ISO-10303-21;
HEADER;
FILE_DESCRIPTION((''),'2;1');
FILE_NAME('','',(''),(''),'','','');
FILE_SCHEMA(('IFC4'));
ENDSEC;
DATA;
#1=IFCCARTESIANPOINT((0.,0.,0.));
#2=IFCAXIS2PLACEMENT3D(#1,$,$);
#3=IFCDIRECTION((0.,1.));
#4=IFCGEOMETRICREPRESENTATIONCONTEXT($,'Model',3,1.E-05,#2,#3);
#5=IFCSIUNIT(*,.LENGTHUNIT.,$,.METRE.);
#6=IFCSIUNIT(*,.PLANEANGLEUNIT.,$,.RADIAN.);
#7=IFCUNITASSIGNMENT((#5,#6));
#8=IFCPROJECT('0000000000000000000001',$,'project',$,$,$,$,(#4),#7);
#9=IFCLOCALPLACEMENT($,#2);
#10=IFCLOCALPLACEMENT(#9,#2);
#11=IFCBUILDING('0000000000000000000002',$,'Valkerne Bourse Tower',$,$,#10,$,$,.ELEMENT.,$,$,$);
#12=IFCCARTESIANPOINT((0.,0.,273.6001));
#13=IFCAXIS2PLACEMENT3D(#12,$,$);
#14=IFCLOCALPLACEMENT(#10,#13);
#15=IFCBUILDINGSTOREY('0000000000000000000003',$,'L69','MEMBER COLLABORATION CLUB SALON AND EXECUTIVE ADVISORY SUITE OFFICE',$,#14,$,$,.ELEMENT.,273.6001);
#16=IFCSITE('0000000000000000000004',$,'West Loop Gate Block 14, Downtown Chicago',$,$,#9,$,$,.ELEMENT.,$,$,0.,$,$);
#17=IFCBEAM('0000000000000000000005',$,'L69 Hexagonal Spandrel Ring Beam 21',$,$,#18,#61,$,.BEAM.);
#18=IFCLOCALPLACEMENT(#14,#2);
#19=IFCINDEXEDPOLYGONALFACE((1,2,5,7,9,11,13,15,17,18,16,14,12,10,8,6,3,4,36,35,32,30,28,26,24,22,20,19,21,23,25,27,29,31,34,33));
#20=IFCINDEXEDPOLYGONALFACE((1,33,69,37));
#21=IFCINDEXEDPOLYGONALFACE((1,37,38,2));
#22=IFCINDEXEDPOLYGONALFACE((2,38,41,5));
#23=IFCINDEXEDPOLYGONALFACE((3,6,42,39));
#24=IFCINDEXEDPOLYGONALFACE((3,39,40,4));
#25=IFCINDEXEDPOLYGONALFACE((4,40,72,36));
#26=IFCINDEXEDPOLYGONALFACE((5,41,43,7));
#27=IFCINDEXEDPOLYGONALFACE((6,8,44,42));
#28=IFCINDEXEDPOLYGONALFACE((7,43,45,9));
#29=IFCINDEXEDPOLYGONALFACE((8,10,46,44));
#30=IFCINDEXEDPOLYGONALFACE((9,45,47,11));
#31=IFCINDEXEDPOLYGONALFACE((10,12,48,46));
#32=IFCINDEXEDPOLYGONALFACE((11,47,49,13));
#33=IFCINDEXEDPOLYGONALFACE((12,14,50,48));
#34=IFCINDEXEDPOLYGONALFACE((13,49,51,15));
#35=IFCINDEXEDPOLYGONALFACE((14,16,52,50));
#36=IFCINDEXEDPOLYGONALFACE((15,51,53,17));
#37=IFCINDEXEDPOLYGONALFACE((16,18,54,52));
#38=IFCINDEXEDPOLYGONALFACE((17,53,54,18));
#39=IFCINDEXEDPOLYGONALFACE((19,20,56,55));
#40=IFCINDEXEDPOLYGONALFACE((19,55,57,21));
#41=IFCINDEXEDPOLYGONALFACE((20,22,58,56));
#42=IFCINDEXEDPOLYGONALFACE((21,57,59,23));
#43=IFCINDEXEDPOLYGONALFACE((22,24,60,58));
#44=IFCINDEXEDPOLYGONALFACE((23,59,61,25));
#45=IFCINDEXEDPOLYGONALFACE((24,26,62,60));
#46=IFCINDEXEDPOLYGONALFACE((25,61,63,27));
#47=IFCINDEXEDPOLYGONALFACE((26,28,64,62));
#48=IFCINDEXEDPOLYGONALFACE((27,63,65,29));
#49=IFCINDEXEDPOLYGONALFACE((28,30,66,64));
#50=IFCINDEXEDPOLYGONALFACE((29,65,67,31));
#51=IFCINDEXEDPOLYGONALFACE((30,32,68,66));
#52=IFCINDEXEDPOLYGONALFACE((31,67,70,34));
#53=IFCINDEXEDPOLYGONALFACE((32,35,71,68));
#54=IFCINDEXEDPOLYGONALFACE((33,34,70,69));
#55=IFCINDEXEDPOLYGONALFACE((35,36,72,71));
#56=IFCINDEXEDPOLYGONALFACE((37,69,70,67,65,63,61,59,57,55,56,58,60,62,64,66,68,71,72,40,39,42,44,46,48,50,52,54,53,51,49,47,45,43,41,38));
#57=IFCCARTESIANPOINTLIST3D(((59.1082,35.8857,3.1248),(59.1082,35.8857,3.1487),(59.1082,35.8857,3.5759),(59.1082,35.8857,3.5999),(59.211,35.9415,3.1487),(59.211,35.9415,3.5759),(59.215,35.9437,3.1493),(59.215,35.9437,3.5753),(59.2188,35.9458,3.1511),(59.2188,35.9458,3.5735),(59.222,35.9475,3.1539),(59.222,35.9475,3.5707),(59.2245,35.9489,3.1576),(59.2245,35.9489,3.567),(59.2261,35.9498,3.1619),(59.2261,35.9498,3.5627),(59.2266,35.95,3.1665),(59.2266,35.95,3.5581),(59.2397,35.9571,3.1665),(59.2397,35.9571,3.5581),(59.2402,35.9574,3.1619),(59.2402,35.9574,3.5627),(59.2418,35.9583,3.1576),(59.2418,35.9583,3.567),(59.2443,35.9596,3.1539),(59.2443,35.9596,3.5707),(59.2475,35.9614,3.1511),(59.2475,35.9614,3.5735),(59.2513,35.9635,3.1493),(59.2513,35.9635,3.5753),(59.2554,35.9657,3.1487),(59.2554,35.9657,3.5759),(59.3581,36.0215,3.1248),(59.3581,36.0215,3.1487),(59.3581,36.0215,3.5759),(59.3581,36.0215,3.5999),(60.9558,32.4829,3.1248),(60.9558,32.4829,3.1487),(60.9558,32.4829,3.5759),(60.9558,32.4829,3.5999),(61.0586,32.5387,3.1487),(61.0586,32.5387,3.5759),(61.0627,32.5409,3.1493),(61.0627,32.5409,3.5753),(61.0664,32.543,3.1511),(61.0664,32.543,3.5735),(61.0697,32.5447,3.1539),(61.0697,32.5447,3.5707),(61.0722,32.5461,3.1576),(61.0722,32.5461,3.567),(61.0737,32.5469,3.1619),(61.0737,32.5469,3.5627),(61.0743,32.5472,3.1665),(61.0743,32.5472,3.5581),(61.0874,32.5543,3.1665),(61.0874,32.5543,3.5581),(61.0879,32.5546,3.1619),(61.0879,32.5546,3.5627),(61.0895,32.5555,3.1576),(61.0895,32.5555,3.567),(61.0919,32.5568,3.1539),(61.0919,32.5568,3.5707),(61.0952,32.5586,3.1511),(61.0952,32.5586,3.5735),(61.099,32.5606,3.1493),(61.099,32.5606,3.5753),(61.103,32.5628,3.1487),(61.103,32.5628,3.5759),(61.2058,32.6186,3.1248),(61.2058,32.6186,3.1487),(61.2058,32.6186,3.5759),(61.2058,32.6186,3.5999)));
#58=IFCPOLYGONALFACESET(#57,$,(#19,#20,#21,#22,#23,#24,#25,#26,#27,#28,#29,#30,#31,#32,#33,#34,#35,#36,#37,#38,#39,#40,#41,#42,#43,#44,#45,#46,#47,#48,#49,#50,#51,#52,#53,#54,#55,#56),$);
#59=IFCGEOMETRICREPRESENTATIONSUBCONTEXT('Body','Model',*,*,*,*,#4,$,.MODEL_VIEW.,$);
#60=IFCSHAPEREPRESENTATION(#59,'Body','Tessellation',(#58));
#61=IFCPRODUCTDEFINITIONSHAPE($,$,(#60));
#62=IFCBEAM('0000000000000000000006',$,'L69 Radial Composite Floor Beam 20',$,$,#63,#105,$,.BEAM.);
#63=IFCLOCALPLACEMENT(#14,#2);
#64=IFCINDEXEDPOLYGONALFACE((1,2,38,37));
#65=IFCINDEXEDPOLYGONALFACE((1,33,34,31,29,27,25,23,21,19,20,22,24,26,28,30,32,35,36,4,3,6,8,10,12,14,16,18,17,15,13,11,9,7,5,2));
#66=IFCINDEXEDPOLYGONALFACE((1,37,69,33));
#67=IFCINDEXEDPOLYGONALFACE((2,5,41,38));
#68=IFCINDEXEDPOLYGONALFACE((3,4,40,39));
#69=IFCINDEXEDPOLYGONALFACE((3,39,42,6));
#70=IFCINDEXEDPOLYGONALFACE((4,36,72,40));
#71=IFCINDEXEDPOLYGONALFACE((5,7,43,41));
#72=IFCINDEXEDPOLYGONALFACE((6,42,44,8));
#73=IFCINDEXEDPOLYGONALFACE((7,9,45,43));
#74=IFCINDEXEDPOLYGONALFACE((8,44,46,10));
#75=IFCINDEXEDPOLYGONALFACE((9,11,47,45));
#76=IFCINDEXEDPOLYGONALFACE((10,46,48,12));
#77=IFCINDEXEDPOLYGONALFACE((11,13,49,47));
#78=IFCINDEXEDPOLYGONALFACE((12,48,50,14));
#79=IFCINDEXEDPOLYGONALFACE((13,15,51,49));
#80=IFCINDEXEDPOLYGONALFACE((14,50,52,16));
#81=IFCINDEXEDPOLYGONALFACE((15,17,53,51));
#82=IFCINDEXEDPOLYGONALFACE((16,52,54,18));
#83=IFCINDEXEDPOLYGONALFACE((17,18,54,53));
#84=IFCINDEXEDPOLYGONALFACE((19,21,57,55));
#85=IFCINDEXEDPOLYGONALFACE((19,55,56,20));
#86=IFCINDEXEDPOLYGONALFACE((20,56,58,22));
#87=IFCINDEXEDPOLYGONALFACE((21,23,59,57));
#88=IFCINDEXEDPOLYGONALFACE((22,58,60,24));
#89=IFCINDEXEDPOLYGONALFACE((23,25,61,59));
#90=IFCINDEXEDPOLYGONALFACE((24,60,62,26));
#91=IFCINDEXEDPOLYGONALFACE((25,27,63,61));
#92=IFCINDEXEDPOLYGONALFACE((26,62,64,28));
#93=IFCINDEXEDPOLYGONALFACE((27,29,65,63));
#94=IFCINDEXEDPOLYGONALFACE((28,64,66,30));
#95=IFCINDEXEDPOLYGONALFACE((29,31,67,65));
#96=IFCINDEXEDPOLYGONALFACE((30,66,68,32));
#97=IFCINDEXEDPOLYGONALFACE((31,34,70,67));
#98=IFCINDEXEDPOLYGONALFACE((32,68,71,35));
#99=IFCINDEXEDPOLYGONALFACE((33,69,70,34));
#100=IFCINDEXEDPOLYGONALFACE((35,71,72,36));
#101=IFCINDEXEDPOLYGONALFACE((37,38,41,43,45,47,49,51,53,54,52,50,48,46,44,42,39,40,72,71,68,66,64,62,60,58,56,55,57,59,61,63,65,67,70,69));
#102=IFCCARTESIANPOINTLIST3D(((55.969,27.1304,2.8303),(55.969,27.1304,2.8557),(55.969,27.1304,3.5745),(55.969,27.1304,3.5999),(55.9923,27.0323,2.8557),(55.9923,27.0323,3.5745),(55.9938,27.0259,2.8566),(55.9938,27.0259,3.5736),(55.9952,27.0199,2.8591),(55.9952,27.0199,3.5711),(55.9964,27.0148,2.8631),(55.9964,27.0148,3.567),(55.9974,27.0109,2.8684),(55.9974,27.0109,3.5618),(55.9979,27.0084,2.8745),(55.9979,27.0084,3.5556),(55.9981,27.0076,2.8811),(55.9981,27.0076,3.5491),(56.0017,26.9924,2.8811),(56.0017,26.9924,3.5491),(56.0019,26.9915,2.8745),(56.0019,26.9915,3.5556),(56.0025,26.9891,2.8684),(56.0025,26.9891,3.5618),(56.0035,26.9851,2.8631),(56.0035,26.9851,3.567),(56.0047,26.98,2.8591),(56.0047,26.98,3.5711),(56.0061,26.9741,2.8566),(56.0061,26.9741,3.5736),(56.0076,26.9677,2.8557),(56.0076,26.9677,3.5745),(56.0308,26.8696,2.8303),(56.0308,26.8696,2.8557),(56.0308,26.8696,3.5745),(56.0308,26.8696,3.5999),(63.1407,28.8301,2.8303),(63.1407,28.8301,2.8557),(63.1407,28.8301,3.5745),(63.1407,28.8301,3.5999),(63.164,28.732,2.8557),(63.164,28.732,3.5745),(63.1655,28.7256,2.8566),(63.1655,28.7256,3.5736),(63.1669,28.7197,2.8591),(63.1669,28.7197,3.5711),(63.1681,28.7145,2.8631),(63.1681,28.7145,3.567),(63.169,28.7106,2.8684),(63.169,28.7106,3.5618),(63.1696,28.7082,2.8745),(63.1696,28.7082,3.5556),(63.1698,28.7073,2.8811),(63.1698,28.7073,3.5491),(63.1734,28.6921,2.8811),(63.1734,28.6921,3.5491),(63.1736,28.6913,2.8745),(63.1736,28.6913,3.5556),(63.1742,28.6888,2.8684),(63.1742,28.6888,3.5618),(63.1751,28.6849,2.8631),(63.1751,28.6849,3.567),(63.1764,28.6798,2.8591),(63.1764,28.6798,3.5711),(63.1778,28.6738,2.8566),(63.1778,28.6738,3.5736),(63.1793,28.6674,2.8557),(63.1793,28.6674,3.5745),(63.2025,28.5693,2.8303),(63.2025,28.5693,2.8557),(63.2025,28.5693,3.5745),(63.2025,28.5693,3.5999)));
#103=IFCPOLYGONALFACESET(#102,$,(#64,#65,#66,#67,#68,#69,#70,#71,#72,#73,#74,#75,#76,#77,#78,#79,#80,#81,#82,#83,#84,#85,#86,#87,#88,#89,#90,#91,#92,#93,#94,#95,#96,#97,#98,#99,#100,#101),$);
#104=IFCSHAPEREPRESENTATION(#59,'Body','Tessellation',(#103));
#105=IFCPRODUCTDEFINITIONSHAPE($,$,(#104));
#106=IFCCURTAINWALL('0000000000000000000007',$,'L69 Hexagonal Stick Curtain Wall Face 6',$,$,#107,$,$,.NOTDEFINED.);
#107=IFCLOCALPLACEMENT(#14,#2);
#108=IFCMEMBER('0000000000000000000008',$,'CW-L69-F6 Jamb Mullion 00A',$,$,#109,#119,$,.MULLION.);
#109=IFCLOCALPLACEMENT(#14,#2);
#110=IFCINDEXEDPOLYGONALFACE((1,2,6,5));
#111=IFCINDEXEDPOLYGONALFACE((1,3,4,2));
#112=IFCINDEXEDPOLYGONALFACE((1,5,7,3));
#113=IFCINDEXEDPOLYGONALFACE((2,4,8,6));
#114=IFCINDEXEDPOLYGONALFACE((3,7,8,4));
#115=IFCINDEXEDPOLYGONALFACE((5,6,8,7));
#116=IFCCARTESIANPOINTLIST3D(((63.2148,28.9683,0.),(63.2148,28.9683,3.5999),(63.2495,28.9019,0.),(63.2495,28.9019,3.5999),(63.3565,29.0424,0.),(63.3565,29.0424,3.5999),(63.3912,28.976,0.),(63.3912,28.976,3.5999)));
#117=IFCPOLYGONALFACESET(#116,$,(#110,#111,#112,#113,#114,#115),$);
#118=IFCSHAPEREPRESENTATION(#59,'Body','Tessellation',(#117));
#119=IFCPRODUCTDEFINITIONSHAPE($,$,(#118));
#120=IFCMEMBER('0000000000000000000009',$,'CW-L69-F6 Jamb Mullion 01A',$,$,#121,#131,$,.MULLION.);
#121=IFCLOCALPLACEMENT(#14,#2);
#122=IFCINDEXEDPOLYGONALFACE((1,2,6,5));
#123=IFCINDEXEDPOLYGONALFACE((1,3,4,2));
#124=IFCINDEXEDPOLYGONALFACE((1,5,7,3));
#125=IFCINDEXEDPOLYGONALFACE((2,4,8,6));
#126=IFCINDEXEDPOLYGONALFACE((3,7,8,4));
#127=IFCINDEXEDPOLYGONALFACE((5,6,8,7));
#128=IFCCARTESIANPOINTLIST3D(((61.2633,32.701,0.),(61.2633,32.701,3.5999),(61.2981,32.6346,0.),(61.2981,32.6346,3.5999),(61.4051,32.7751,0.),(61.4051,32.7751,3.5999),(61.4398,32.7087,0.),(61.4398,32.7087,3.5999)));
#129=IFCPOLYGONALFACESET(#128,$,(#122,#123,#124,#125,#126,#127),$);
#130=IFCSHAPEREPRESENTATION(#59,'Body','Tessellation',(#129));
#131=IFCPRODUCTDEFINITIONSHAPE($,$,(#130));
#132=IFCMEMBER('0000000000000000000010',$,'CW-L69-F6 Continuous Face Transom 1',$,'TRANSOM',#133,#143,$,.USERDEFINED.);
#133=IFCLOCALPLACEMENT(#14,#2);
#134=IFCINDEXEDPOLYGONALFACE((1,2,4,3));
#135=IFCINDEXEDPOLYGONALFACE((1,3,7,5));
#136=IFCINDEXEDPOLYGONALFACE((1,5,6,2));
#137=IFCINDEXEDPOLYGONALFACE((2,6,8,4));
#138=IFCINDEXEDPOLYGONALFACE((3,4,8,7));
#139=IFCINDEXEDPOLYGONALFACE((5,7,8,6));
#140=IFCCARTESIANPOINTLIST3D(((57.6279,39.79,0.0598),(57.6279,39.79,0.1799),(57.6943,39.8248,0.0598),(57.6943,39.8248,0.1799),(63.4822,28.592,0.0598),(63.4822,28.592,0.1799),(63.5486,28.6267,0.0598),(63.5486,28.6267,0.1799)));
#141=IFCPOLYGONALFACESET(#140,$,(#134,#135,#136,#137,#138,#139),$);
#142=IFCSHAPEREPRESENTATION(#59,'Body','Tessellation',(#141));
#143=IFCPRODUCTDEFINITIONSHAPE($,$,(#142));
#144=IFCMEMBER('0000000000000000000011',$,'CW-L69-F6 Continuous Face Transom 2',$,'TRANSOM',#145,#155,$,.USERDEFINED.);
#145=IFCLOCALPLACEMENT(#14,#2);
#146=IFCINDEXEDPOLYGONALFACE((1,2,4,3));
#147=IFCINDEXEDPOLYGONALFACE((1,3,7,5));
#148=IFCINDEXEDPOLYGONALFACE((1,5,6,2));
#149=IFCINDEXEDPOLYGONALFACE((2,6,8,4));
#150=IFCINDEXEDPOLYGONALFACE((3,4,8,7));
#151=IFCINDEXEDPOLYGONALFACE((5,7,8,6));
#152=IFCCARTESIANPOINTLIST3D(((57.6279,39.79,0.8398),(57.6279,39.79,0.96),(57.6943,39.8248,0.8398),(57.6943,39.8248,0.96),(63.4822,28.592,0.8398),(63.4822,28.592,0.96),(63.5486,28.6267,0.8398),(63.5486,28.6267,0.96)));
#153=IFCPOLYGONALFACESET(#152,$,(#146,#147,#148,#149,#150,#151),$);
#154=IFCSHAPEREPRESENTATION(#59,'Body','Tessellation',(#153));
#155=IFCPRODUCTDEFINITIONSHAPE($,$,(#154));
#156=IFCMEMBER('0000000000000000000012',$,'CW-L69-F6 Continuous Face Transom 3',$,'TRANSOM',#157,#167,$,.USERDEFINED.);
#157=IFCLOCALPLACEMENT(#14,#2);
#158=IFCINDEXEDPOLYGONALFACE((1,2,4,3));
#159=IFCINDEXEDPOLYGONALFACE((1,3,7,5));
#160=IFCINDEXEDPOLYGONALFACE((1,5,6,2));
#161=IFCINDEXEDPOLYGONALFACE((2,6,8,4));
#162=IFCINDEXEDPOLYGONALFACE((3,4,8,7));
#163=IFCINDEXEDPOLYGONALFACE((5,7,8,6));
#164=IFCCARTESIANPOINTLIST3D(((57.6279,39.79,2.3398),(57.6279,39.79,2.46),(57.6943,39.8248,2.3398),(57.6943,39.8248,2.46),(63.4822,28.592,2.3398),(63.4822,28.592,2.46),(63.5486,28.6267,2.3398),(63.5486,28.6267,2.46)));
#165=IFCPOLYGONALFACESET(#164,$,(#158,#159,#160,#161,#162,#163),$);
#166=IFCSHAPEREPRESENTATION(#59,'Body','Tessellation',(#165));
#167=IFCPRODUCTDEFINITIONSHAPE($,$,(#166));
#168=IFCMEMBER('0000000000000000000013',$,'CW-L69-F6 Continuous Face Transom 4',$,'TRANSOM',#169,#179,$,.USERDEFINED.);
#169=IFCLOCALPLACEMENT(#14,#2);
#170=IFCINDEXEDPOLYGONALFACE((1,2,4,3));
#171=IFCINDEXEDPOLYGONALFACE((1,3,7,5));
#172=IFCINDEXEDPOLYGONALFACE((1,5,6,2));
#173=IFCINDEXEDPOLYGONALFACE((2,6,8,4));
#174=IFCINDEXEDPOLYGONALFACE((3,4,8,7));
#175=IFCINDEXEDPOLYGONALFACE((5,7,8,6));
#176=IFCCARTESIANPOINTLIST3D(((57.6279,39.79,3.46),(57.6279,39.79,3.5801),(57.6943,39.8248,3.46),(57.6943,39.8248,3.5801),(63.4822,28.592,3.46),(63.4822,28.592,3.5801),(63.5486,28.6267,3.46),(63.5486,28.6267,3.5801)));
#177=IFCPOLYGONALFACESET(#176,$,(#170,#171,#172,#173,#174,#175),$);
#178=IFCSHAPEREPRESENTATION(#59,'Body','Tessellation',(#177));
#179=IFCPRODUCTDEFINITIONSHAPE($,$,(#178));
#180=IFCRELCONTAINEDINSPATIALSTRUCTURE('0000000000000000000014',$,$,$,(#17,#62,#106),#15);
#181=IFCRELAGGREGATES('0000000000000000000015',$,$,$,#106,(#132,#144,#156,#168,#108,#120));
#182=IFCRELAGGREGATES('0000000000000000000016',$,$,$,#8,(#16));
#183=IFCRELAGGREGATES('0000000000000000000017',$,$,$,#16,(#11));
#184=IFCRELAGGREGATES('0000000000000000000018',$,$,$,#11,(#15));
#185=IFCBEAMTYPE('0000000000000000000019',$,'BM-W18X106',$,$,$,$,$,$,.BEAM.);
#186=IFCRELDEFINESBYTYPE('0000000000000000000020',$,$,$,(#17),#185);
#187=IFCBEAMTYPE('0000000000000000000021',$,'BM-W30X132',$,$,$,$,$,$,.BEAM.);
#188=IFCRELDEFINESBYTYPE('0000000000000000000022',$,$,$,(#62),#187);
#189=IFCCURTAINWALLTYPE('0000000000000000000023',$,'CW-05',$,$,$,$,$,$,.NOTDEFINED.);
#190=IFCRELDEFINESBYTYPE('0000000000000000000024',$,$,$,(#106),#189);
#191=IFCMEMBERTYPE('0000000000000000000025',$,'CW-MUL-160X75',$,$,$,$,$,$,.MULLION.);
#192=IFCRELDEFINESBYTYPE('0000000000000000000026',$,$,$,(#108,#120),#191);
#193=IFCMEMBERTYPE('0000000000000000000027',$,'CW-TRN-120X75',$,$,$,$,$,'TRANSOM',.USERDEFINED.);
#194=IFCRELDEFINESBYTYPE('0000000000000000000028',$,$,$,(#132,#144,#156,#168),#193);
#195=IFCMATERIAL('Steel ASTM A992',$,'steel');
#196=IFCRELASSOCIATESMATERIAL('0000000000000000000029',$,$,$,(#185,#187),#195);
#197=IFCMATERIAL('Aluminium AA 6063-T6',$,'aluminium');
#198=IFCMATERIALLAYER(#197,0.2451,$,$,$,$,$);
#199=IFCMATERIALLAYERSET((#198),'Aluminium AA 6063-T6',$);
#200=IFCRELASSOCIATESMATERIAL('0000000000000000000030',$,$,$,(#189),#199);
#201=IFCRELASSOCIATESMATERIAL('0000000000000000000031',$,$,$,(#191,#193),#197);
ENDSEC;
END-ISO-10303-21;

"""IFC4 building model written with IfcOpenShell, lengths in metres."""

from ifc_helpers import new_model, si_unit, direction, frame, origin, origin_2d, place, context, subcontext, project, spatial, rectangle, i_section, extrude, material, layer, layer_set, material_profile, profile_set, type_object, element, aggregate, save


model = new_model("IFC4")

# Units and contexts
model_context = context("Model", 3, precision=1e-05, world=origin(), true_north=direction((0.0, 1.0)))
body_context = subcontext(model_context, "Body", "Model", "MODEL_VIEW")
ifc_project = project(units=[si_unit("LENGTHUNIT", "METRE"), si_unit("PLANEANGLEUNIT", "RADIAN")], contexts=[model_context])

# Site, building, storey
site_placement = place(None, origin())
site = spatial("IfcSite", under=ifc_project, at=site_placement, Name="West Loop Gate Block 14, Downtown Chicago", CompositionType="ELEMENT", RefElevation=0.0)
building_placement = place(site_placement, origin())
building = spatial("IfcBuilding", under=site, at=building_placement, Name="Valkerne Bourse Tower", CompositionType="ELEMENT")
storey_placement = place(building_placement, frame((0.0, 0.0, 273.6001)))
storey = spatial("IfcBuildingStorey", under=building, at=storey_placement, Name="L69", Description="MEMBER COLLABORATION CLUB SALON AND EXECUTIVE ADVISORY SUITE OFFICE", CompositionType="ELEMENT", Elevation=273.6001)

# Beams
ifc_material_1 = material(Name="Steel ASTM A992", Category="steel")
ifc_material_profile_1 = material_profile(ifc_material_1, i_section(OverallWidth=0.2844, OverallDepth=0.4751, WebThickness=0.0149, FlangeThickness=0.0239, FilletRadius=0.0178, at=origin_2d()), Name="W18X106")
ifc_profile_set_1 = profile_set([ifc_material_profile_1], Name="Steel ASTM A992")
beam_type_1 = type_object("IfcBeamType", Name="BM-W18X106", PredefinedType="BEAM", material=ifc_profile_set_1)
for number, where, z_axis, x_axis, name in (
    (1, (61.0808, 32.5508, 3.3623), (-0.477173, 0.87881, 0.0), (-0.87881, -0.477173, 0.0), "L69 Hexagonal Spandrel Ring Beam 21"),
):
    element("IfcBeam", number, at=place(storey_placement, frame(where, z_axis=z_axis, x_axis=x_axis)), inside=storey, type_object=beam_type_1, Name=name, PredefinedType="BEAM", context=body_context, shape_type="SweptSolid", body=[
        extrude(i_section(OverallWidth=0.2844, OverallDepth=0.4751, WebThickness=0.0149, FlangeThickness=0.0239, FilletRadius=0.0178, at=origin_2d()), origin(), (0.0, 0.0, 1.0), 3.8721),
    ])
ifc_material_profile_2 = material_profile(ifc_material_1, i_section(OverallWidth=0.2681, OverallDepth=0.7695, WebThickness=0.0156, FlangeThickness=0.0254, FilletRadius=0.0254, at=origin_2d()), Name="W30X132")
ifc_profile_set_2 = profile_set([ifc_material_profile_2], Name="Steel ASTM A992")
beam_type_2 = type_object("IfcBeamType", Name="BM-W30X132", PredefinedType="BEAM", material=ifc_profile_set_2)
beam_placement = place(storey_placement, frame((63.1716, 28.6997, 3.2151), z_axis=(-0.973045, -0.230616, 0.0), x_axis=(0.230616, -0.973045, 0.0)))
element("IfcBeam", 2, at=beam_placement, inside=storey, type_object=beam_type_2, Name="L69 Radial Composite Floor Beam 20", PredefinedType="BEAM", context=body_context, shape_type="SweptSolid", body=[
    extrude(i_section(OverallWidth=0.2681, OverallDepth=0.7695, WebThickness=0.0156, FlangeThickness=0.0254, FilletRadius=0.0254, at=origin_2d()), origin(), (0.0, 0.0, 1.0), 7.3704),
])

# Curtain wall, members
ifc_material_2 = material(Name="Aluminium AA 6063-T6", Category="aluminium")
ifc_layer_1 = layer(ifc_material_2, 0.2451)
ifc_layer_set_1 = layer_set([ifc_layer_1], Name="Aluminium AA 6063-T6")
curtain_wall_type = type_object("IfcCurtainWallType", Name="CW-05", PredefinedType="NOTDEFINED", material=ifc_layer_set_1)
curtain_wall_placement = place(storey_placement, origin())
curtain_wall = element("IfcCurtainWall", 3, at=curtain_wall_placement, inside=storey, type_object=curtain_wall_type, Name="L69 Hexagonal Stick Curtain Wall Face 6", PredefinedType="NOTDEFINED")
ifc_material_profile_3 = material_profile(ifc_material_2, rectangle(XDim=0.075, YDim=0.1599, at=origin_2d()), Name="CWM-75X160")
ifc_profile_set_3 = profile_set([ifc_material_profile_3], Name="Aluminium AA 6063-T6")
member_type_1 = type_object("IfcMemberType", Name="CW-MUL-160X75", PredefinedType="MULLION", material=ifc_profile_set_3)
member_1_placement = place(storey_placement, frame((63.303, 28.9722, 0.0), z_axis=(0.0, 0.0, 1.0), x_axis=(-0.463294, 0.886204, 0.0)))
member_1 = element("IfcMember", 4, at=member_1_placement, type_object=member_type_1, Name="CW-L69-F6 Jamb Mullion 00A", PredefinedType="MULLION", context=body_context, shape_type="SweptSolid", body=[
    extrude(rectangle(XDim=0.075, YDim=0.1599, at=origin_2d()), origin(), (0.0, 0.0, 1.0), 3.5999),
])
member_2_placement = place(storey_placement, frame((61.3516, 32.7048, 0.0), z_axis=(0.0, 0.0, 1.0), x_axis=(-0.463294, 0.886204, 0.0)))
member_2 = element("IfcMember", 5, at=member_2_placement, type_object=member_type_1, Name="CW-L69-F6 Jamb Mullion 01A", PredefinedType="MULLION", context=body_context, shape_type="SweptSolid", body=[
    extrude(rectangle(XDim=0.075, YDim=0.1599, at=origin_2d()), origin(), (0.0, 0.0, 1.0), 3.5999),
])
ifc_material_profile_4 = material_profile(ifc_material_2, rectangle(XDim=0.075, YDim=0.1201, at=origin_2d()), Name="CWT-75X120")
ifc_profile_set_4 = profile_set([ifc_material_profile_4], Name="Aluminium AA 6063-T6")
member_type_2 = type_object("IfcMemberType", Name="CW-TRN-120X75", ElementType="TRANSOM", PredefinedType="USERDEFINED", material=ifc_profile_set_4)
member_3_placement = place(storey_placement, frame((63.5154, 28.6094, 0.1199), z_axis=(-0.463301, 0.886201, 0.0), x_axis=(-0.886201, -0.463301, 0.0)))
member_3 = element("IfcMember", 6, at=member_3_placement, type_object=member_type_2, Name="CW-L69-F6 Continuous Face Transom 1", ObjectType="TRANSOM", PredefinedType="USERDEFINED", context=body_context, shape_type="SweptSolid", body=[
    extrude(rectangle(XDim=0.075, YDim=0.1201, at=origin_2d()), origin(), (0.0, 0.0, 1.0), 12.636),
])
member_4_placement = place(storey_placement, frame((63.5154, 28.6094, 0.8999), z_axis=(-0.463301, 0.886201, 0.0), x_axis=(-0.886201, -0.463301, 0.0)))
member_4 = element("IfcMember", 7, at=member_4_placement, type_object=member_type_2, Name="CW-L69-F6 Continuous Face Transom 2", ObjectType="TRANSOM", PredefinedType="USERDEFINED", context=body_context, shape_type="SweptSolid", body=[
    extrude(rectangle(XDim=0.075, YDim=0.1201, at=origin_2d()), origin(), (0.0, 0.0, 1.0), 12.636),
])
member_5_placement = place(storey_placement, frame((63.5154, 28.6094, 2.3999), z_axis=(-0.463301, 0.886201, 0.0), x_axis=(-0.886201, -0.463301, 0.0)))
member_5 = element("IfcMember", 8, at=member_5_placement, type_object=member_type_2, Name="CW-L69-F6 Continuous Face Transom 3", ObjectType="TRANSOM", PredefinedType="USERDEFINED", context=body_context, shape_type="SweptSolid", body=[
    extrude(rectangle(XDim=0.075, YDim=0.1201, at=origin_2d()), origin(), (0.0, 0.0, 1.0), 12.636),
])
member_6_placement = place(storey_placement, frame((63.5154, 28.6094, 3.52), z_axis=(-0.463301, 0.886201, 0.0), x_axis=(-0.886201, -0.463301, 0.0)))
member_6 = element("IfcMember", 9, at=member_6_placement, type_object=member_type_2, Name="CW-L69-F6 Continuous Face Transom 4", ObjectType="TRANSOM", PredefinedType="USERDEFINED", context=body_context, shape_type="SweptSolid", body=[
    extrude(rectangle(XDim=0.075, YDim=0.1201, at=origin_2d()), origin(), (0.0, 0.0, 1.0), 12.636),
])

aggregate(curtain_wall, [member_3, member_4, member_5, member_6, member_1, member_2])

save(model, "model.ifc")
